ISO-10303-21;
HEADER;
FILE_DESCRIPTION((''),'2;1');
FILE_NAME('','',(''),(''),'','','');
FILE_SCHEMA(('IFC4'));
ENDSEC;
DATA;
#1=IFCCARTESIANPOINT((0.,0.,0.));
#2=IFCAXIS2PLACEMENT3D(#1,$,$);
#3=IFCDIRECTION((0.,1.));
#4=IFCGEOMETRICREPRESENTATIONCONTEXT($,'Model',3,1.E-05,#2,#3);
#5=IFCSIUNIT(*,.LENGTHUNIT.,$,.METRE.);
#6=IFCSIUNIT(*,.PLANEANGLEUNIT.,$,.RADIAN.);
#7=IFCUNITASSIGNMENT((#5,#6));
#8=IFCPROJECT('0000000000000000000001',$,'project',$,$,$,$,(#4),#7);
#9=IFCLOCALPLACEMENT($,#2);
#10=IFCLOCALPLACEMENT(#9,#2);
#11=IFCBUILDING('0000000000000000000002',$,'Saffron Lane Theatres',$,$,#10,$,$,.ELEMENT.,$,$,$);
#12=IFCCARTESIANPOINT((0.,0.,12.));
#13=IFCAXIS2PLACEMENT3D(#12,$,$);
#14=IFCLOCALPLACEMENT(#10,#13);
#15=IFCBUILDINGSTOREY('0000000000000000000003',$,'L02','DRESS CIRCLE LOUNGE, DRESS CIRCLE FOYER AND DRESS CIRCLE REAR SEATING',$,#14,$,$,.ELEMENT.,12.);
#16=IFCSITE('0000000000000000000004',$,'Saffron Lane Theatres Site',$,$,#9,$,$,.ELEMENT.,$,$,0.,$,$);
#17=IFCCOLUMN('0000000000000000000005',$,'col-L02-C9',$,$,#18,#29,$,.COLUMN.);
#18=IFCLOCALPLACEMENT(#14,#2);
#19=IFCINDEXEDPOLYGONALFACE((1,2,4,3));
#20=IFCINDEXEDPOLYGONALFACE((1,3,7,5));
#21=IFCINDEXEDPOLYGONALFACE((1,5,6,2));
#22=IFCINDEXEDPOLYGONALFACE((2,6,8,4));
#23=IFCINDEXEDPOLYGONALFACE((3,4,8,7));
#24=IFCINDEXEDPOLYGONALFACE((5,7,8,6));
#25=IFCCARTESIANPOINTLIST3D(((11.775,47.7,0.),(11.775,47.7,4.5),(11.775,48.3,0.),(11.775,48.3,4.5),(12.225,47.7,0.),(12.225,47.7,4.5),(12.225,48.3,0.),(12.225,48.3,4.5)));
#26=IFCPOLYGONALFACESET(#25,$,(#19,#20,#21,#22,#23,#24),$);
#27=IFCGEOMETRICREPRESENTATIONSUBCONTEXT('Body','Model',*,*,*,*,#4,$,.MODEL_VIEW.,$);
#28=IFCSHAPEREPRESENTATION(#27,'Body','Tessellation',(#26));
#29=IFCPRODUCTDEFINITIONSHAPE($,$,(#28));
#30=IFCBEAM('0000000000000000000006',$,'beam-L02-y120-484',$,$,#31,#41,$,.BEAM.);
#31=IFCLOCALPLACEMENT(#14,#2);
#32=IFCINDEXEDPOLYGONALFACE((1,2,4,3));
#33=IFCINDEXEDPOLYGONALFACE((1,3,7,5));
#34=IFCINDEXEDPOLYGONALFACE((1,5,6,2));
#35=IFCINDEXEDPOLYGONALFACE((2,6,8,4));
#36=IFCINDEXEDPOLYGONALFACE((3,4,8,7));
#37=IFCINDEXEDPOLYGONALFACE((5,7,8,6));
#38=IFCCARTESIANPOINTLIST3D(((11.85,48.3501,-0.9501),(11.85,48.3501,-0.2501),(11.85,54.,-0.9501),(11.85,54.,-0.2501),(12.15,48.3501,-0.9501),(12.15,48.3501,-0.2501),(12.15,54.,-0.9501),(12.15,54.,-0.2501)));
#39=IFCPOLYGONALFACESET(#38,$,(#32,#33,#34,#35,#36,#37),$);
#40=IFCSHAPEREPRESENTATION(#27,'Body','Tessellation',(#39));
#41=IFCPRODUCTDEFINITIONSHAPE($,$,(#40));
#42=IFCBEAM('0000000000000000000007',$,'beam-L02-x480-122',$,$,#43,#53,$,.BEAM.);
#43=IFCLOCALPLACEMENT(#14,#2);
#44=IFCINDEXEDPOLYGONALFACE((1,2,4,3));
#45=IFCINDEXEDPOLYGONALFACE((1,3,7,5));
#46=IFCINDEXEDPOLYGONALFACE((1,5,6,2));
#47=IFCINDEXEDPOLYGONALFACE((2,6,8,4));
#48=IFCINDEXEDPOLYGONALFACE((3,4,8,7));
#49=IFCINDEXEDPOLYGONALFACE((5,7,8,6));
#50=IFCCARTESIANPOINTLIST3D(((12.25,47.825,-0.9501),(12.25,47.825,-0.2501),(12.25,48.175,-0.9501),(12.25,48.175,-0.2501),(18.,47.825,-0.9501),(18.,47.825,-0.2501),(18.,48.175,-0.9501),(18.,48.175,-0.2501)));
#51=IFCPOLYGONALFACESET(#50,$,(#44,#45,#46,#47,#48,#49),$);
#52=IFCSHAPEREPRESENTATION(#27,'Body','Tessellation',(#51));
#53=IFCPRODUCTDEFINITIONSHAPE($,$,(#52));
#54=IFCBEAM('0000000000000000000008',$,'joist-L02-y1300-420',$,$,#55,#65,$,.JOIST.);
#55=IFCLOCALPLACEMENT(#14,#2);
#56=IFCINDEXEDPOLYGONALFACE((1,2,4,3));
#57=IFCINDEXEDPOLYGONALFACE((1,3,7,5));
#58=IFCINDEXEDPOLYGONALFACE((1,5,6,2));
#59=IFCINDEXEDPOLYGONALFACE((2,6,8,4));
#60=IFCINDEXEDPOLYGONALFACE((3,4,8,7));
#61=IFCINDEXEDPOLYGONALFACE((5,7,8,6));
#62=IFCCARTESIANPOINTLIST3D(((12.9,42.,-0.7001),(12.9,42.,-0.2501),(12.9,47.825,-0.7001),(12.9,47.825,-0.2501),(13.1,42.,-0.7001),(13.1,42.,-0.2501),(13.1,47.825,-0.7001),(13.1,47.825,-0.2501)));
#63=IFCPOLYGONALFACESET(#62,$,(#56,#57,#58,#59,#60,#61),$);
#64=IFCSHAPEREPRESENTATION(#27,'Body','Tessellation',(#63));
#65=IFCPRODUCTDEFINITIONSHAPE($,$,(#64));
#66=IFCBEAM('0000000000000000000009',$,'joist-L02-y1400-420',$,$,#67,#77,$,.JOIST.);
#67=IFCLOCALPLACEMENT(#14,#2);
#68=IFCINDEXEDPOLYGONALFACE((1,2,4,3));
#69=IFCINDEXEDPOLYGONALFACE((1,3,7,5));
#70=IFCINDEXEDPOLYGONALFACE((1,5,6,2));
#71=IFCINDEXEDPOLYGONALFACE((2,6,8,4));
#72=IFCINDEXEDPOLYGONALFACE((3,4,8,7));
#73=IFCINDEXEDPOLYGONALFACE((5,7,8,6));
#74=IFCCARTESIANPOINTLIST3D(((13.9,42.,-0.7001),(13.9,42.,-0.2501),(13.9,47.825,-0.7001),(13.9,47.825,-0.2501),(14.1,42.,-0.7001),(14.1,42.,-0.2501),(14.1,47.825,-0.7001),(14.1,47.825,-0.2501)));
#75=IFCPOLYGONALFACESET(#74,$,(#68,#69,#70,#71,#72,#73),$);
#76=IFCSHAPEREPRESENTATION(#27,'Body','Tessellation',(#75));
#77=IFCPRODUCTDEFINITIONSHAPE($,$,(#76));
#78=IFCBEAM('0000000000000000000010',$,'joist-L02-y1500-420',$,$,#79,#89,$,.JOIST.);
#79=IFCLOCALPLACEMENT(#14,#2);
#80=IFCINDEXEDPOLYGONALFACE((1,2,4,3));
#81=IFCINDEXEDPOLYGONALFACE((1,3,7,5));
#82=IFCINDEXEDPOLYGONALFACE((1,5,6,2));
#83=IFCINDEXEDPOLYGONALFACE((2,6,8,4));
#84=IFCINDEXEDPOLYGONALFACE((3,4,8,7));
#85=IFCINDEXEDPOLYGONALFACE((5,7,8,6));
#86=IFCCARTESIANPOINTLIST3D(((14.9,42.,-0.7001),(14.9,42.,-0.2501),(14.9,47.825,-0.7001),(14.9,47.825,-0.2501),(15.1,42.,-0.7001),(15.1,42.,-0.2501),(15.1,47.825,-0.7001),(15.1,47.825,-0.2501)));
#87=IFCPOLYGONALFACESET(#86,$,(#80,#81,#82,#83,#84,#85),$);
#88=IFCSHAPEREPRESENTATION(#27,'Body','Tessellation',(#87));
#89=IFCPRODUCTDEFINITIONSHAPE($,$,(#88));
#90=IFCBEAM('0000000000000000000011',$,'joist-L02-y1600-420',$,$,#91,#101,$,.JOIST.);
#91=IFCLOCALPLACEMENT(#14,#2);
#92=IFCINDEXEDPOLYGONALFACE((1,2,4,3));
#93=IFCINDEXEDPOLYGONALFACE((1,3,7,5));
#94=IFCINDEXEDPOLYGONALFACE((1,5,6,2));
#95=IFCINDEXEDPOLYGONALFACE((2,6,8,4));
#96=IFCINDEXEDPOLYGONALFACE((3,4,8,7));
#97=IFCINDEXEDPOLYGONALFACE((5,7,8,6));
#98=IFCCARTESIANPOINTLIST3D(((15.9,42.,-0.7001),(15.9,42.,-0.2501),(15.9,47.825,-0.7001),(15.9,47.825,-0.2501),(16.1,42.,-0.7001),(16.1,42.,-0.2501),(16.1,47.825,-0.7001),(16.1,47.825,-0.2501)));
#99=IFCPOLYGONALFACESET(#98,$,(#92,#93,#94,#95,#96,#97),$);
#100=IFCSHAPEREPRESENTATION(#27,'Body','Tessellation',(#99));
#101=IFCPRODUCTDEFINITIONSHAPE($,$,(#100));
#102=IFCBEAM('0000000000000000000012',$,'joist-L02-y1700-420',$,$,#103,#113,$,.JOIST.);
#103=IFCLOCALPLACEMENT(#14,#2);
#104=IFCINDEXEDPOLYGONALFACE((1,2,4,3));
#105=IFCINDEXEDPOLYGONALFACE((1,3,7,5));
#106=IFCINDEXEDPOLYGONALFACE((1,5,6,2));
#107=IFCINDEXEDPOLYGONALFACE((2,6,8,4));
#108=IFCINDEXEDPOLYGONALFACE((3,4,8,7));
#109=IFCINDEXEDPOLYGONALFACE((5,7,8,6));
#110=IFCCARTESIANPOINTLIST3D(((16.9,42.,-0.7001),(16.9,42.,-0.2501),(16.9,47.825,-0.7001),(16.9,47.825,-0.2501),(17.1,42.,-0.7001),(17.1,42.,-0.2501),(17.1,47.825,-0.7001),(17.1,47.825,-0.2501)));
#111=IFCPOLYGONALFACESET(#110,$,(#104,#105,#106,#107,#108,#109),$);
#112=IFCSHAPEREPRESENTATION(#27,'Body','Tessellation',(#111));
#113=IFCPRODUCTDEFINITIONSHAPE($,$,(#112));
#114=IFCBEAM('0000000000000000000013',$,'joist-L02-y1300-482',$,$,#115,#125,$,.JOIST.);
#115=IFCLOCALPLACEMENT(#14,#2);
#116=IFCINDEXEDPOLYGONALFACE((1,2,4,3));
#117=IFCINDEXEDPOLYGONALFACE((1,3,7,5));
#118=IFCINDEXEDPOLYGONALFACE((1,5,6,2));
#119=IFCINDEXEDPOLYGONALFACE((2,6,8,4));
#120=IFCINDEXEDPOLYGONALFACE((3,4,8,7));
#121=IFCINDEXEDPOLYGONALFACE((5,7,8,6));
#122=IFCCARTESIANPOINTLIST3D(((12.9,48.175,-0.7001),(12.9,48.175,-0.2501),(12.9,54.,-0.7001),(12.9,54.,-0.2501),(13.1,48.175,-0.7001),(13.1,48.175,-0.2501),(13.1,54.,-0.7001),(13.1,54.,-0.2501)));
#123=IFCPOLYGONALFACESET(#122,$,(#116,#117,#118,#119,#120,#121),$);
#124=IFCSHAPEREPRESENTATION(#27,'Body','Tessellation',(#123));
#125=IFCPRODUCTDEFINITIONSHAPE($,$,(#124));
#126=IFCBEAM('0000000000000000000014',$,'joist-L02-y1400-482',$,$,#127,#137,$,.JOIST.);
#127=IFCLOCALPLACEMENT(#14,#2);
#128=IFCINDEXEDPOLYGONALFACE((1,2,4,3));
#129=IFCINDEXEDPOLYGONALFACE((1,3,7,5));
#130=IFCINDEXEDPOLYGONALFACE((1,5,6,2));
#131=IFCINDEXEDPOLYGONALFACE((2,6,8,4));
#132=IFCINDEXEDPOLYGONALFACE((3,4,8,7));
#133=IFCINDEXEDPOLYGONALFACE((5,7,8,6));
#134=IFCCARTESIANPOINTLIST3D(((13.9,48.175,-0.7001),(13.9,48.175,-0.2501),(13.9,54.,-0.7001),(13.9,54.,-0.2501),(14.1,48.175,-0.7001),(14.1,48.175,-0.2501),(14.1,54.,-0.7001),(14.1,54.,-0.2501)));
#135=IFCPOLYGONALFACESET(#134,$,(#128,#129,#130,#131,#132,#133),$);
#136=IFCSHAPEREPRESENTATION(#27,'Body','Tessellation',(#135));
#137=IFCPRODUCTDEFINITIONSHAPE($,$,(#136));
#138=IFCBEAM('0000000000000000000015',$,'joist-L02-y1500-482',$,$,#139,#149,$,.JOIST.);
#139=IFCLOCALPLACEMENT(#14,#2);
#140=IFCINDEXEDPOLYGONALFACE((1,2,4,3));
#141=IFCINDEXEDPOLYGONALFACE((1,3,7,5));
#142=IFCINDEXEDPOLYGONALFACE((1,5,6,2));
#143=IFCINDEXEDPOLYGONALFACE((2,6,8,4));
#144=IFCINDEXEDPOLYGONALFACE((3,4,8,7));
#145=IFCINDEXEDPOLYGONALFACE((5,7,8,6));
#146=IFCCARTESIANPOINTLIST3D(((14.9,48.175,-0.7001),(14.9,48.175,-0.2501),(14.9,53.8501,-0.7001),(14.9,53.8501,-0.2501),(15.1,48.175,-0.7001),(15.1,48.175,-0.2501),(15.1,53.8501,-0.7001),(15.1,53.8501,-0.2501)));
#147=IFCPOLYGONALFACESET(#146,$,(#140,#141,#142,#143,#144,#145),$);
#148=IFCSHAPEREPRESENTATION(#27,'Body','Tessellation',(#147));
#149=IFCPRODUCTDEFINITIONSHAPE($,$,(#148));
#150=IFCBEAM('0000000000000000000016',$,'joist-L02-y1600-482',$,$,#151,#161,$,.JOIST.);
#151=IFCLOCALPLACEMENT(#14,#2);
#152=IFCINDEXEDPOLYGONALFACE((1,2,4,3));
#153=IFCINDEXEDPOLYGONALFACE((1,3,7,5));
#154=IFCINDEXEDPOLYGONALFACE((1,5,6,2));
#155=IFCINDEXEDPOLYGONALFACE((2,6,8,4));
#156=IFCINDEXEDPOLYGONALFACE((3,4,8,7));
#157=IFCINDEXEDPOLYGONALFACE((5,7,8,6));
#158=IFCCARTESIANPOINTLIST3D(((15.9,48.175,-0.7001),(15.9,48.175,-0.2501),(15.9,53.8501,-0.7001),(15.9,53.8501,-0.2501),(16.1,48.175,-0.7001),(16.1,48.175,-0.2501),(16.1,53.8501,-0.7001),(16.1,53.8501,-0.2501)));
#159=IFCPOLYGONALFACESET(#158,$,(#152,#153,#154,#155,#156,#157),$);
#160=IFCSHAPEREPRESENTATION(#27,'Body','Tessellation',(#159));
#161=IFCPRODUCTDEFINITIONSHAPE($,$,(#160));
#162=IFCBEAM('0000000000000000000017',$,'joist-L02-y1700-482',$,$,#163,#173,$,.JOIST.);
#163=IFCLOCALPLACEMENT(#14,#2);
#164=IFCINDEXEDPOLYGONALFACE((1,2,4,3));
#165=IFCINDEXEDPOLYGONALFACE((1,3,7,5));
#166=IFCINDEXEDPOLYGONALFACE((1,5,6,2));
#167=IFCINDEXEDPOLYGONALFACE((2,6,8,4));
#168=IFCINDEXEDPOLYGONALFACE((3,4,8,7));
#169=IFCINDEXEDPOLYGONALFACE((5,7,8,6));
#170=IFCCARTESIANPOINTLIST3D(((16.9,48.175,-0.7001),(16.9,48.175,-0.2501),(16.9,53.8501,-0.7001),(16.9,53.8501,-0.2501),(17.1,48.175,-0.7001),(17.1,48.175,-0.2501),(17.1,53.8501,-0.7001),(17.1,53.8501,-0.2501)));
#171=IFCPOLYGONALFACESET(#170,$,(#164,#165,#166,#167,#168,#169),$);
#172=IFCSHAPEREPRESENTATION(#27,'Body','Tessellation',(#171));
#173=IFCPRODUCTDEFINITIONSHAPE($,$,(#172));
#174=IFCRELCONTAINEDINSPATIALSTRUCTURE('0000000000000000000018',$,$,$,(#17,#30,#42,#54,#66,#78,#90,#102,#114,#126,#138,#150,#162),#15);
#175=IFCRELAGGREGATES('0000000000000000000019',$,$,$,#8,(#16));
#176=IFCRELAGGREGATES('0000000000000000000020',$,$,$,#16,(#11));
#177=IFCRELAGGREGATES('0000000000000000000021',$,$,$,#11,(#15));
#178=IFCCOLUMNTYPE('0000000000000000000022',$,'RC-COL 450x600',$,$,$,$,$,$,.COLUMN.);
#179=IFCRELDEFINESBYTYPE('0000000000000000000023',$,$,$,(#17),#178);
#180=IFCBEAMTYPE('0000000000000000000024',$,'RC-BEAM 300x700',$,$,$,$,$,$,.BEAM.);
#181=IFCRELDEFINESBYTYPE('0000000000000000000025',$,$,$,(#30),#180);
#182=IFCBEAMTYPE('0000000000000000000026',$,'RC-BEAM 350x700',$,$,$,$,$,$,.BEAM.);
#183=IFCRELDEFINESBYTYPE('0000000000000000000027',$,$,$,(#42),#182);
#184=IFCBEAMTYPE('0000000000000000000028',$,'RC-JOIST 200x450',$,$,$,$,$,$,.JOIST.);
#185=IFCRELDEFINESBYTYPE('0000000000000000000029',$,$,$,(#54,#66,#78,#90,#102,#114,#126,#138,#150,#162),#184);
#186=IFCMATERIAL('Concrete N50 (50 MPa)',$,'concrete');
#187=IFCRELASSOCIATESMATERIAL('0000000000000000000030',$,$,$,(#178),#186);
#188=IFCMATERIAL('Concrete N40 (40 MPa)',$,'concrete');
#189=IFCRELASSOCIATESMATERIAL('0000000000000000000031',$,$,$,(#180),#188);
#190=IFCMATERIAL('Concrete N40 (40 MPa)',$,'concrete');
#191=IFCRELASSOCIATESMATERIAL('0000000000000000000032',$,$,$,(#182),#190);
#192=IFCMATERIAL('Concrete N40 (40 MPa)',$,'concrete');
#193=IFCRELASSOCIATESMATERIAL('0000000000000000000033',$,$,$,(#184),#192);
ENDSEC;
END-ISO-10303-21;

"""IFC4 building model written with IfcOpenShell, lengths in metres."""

from ifc_helpers import new_model, si_unit, direction, frame, origin, origin_2d, place, context, subcontext, project, spatial, rectangle, extrude, material, material_profile, profile_set, type_object, element, save


model = new_model("IFC4")

# Units and contexts
model_context = context("Model", 3, precision=1e-05, world=origin(), true_north=direction((0.0, 1.0)))
body_context = subcontext(model_context, "Body", "Model", "MODEL_VIEW")
ifc_project = project(units=[si_unit("LENGTHUNIT", "METRE"), si_unit("PLANEANGLEUNIT", "RADIAN")], contexts=[model_context])

# Site, building, storey
site_placement = place(None, origin())
site = spatial("IfcSite", under=ifc_project, at=site_placement, Name="Saffron Lane Theatres Site", CompositionType="ELEMENT", RefElevation=0.0)
building_placement = place(site_placement, origin())
building = spatial("IfcBuilding", under=site, at=building_placement, Name="Saffron Lane Theatres", CompositionType="ELEMENT")
storey_placement = place(building_placement, frame((0.0, 0.0, 12.0)))
storey = spatial("IfcBuildingStorey", under=building, at=storey_placement, Name="L02", Description="DRESS CIRCLE LOUNGE, DRESS CIRCLE FOYER AND DRESS CIRCLE REAR SEATING", CompositionType="ELEMENT", Elevation=12.0)

# Column
ifc_material_1 = material(Name="Concrete N50 (50 MPa)", Category="concrete")
ifc_material_profile_1 = material_profile(ifc_material_1, rectangle(XDim=0.45, YDim=0.6001, at=origin_2d()))
ifc_profile_set_1 = profile_set([ifc_material_profile_1], Name="Concrete N50 (50 MPa)")
column_type = type_object("IfcColumnType", Name="RC-COL 450x600", PredefinedType="COLUMN", material=ifc_profile_set_1)
column_placement = place(storey_placement, frame((12.0, 48.0, 0.0), z_axis=(0.0, 0.0, 1.0), x_axis=(1.0, 0.0, 0.0)))
element("IfcColumn", 1, at=column_placement, inside=storey, type_object=column_type, Name="col-L02-C9", PredefinedType="COLUMN", context=body_context, shape_type="SweptSolid", body=[
    extrude(rectangle(XDim=0.45, YDim=0.6001, at=origin_2d()), origin(), (0.0, 0.0, 1.0), 4.5),
])

# Beams
ifc_material_2 = material(Name="Concrete N40 (40 MPa)", Category="concrete")
ifc_material_profile_2 = material_profile(ifc_material_2, rectangle(XDim=0.3, YDim=0.7, at=origin_2d()))
ifc_profile_set_2 = profile_set([ifc_material_profile_2], Name="Concrete N40 (40 MPa)")
beam_type_1 = type_object("IfcBeamType", Name="RC-BEAM 300x700", PredefinedType="BEAM", material=ifc_profile_set_2)
beam_1_placement = place(storey_placement, frame((12.0, 48.3501, -0.6001), z_axis=(0.0, 1.0, 0.0), x_axis=(-1.0, 0.0, 0.0)))
element("IfcBeam", 2, at=beam_1_placement, inside=storey, type_object=beam_type_1, Name="beam-L02-y120-484", PredefinedType="BEAM", context=body_context, shape_type="SweptSolid", body=[
    extrude(rectangle(XDim=0.3, YDim=0.7, at=origin_2d()), origin(), (0.0, 0.0, 1.0), 5.6499),
])
ifc_material_3 = material(Name="Concrete N40 (40 MPa)", Category="concrete")
ifc_material_profile_3 = material_profile(ifc_material_3, rectangle(XDim=0.3501, YDim=0.7, at=origin_2d()))
ifc_profile_set_3 = profile_set([ifc_material_profile_3], Name="Concrete N40 (40 MPa)")
beam_type_2 = type_object("IfcBeamType", Name="RC-BEAM 350x700", PredefinedType="BEAM", material=ifc_profile_set_3)
beam_2_placement = place(storey_placement, frame((12.25, 48.0, -0.6001), z_axis=(1.0, 0.0, 0.0), x_axis=(0.0, 1.0, 0.0)))
element("IfcBeam", 3, at=beam_2_placement, inside=storey, type_object=beam_type_2, Name="beam-L02-x480-122", PredefinedType="BEAM", context=body_context, shape_type="SweptSolid", body=[
    extrude(rectangle(XDim=0.3501, YDim=0.7, at=origin_2d()), origin(), (0.0, 0.0, 1.0), 5.75),
])
ifc_material_4 = material(Name="Concrete N40 (40 MPa)", Category="concrete")
ifc_material_profile_4 = material_profile(ifc_material_4, rectangle(XDim=0.2, YDim=0.45, at=origin_2d()))
ifc_profile_set_4 = profile_set([ifc_material_profile_4], Name="Concrete N40 (40 MPa)")
beam_type_3 = type_object("IfcBeamType", Name="RC-JOIST 200x450", PredefinedType="JOIST", material=ifc_profile_set_4)
for number, where, z_axis, x_axis, name in (
    (4, (13.0, 42.0, -0.4751), (0.0, 1.0, 0.0), (-1.0, 0.0, 0.0), "joist-L02-y1300-420"),
    (5, (14.0, 42.0, -0.4751), (0.0, 1.0, 0.0), (-1.0, 0.0, 0.0), "joist-L02-y1400-420"),
    (6, (15.0, 42.0, -0.4751), (0.0, 1.0, 0.0), (-1.0, 0.0, 0.0), "joist-L02-y1500-420"),
    (7, (16.0, 42.0, -0.4751), (0.0, 1.0, 0.0), (-1.0, 0.0, 0.0), "joist-L02-y1600-420"),
    (8, (17.0, 42.0, -0.4751), (0.0, 1.0, 0.0), (-1.0, 0.0, 0.0), "joist-L02-y1700-420"),
    (9, (13.0, 48.175, -0.4751), (0.0, 1.0, 0.0), (-1.0, 0.0, 0.0), "joist-L02-y1300-482"),
    (10, (14.0, 48.175, -0.4751), (0.0, 1.0, 0.0), (-1.0, 0.0, 0.0), "joist-L02-y1400-482"),
):
    element("IfcBeam", number, at=place(storey_placement, frame(where, z_axis=z_axis, x_axis=x_axis)), inside=storey, type_object=beam_type_3, Name=name, PredefinedType="JOIST", context=body_context, shape_type="SweptSolid", body=[
        extrude(rectangle(XDim=0.2, YDim=0.45, at=origin_2d()), origin(), (0.0, 0.0, 1.0), 5.825),
    ])
for number, where, z_axis, x_axis, name in (
    (11, (15.0, 48.175, -0.4751), (0.0, 1.0, 0.0), (-1.0, 0.0, 0.0), "joist-L02-y1500-482"),
    (12, (16.0, 48.175, -0.4751), (0.0, 1.0, 0.0), (-1.0, 0.0, 0.0), "joist-L02-y1600-482"),
    (13, (17.0, 48.175, -0.4751), (0.0, 1.0, 0.0), (-1.0, 0.0, 0.0), "joist-L02-y1700-482"),
):
    element("IfcBeam", number, at=place(storey_placement, frame(where, z_axis=z_axis, x_axis=x_axis)), inside=storey, type_object=beam_type_3, Name=name, PredefinedType="JOIST", context=body_context, shape_type="SweptSolid", body=[
        extrude(rectangle(XDim=0.2, YDim=0.45, at=origin_2d()), origin(), (0.0, 0.0, 1.0), 5.675),
    ])

save(model, "model.ifc")
